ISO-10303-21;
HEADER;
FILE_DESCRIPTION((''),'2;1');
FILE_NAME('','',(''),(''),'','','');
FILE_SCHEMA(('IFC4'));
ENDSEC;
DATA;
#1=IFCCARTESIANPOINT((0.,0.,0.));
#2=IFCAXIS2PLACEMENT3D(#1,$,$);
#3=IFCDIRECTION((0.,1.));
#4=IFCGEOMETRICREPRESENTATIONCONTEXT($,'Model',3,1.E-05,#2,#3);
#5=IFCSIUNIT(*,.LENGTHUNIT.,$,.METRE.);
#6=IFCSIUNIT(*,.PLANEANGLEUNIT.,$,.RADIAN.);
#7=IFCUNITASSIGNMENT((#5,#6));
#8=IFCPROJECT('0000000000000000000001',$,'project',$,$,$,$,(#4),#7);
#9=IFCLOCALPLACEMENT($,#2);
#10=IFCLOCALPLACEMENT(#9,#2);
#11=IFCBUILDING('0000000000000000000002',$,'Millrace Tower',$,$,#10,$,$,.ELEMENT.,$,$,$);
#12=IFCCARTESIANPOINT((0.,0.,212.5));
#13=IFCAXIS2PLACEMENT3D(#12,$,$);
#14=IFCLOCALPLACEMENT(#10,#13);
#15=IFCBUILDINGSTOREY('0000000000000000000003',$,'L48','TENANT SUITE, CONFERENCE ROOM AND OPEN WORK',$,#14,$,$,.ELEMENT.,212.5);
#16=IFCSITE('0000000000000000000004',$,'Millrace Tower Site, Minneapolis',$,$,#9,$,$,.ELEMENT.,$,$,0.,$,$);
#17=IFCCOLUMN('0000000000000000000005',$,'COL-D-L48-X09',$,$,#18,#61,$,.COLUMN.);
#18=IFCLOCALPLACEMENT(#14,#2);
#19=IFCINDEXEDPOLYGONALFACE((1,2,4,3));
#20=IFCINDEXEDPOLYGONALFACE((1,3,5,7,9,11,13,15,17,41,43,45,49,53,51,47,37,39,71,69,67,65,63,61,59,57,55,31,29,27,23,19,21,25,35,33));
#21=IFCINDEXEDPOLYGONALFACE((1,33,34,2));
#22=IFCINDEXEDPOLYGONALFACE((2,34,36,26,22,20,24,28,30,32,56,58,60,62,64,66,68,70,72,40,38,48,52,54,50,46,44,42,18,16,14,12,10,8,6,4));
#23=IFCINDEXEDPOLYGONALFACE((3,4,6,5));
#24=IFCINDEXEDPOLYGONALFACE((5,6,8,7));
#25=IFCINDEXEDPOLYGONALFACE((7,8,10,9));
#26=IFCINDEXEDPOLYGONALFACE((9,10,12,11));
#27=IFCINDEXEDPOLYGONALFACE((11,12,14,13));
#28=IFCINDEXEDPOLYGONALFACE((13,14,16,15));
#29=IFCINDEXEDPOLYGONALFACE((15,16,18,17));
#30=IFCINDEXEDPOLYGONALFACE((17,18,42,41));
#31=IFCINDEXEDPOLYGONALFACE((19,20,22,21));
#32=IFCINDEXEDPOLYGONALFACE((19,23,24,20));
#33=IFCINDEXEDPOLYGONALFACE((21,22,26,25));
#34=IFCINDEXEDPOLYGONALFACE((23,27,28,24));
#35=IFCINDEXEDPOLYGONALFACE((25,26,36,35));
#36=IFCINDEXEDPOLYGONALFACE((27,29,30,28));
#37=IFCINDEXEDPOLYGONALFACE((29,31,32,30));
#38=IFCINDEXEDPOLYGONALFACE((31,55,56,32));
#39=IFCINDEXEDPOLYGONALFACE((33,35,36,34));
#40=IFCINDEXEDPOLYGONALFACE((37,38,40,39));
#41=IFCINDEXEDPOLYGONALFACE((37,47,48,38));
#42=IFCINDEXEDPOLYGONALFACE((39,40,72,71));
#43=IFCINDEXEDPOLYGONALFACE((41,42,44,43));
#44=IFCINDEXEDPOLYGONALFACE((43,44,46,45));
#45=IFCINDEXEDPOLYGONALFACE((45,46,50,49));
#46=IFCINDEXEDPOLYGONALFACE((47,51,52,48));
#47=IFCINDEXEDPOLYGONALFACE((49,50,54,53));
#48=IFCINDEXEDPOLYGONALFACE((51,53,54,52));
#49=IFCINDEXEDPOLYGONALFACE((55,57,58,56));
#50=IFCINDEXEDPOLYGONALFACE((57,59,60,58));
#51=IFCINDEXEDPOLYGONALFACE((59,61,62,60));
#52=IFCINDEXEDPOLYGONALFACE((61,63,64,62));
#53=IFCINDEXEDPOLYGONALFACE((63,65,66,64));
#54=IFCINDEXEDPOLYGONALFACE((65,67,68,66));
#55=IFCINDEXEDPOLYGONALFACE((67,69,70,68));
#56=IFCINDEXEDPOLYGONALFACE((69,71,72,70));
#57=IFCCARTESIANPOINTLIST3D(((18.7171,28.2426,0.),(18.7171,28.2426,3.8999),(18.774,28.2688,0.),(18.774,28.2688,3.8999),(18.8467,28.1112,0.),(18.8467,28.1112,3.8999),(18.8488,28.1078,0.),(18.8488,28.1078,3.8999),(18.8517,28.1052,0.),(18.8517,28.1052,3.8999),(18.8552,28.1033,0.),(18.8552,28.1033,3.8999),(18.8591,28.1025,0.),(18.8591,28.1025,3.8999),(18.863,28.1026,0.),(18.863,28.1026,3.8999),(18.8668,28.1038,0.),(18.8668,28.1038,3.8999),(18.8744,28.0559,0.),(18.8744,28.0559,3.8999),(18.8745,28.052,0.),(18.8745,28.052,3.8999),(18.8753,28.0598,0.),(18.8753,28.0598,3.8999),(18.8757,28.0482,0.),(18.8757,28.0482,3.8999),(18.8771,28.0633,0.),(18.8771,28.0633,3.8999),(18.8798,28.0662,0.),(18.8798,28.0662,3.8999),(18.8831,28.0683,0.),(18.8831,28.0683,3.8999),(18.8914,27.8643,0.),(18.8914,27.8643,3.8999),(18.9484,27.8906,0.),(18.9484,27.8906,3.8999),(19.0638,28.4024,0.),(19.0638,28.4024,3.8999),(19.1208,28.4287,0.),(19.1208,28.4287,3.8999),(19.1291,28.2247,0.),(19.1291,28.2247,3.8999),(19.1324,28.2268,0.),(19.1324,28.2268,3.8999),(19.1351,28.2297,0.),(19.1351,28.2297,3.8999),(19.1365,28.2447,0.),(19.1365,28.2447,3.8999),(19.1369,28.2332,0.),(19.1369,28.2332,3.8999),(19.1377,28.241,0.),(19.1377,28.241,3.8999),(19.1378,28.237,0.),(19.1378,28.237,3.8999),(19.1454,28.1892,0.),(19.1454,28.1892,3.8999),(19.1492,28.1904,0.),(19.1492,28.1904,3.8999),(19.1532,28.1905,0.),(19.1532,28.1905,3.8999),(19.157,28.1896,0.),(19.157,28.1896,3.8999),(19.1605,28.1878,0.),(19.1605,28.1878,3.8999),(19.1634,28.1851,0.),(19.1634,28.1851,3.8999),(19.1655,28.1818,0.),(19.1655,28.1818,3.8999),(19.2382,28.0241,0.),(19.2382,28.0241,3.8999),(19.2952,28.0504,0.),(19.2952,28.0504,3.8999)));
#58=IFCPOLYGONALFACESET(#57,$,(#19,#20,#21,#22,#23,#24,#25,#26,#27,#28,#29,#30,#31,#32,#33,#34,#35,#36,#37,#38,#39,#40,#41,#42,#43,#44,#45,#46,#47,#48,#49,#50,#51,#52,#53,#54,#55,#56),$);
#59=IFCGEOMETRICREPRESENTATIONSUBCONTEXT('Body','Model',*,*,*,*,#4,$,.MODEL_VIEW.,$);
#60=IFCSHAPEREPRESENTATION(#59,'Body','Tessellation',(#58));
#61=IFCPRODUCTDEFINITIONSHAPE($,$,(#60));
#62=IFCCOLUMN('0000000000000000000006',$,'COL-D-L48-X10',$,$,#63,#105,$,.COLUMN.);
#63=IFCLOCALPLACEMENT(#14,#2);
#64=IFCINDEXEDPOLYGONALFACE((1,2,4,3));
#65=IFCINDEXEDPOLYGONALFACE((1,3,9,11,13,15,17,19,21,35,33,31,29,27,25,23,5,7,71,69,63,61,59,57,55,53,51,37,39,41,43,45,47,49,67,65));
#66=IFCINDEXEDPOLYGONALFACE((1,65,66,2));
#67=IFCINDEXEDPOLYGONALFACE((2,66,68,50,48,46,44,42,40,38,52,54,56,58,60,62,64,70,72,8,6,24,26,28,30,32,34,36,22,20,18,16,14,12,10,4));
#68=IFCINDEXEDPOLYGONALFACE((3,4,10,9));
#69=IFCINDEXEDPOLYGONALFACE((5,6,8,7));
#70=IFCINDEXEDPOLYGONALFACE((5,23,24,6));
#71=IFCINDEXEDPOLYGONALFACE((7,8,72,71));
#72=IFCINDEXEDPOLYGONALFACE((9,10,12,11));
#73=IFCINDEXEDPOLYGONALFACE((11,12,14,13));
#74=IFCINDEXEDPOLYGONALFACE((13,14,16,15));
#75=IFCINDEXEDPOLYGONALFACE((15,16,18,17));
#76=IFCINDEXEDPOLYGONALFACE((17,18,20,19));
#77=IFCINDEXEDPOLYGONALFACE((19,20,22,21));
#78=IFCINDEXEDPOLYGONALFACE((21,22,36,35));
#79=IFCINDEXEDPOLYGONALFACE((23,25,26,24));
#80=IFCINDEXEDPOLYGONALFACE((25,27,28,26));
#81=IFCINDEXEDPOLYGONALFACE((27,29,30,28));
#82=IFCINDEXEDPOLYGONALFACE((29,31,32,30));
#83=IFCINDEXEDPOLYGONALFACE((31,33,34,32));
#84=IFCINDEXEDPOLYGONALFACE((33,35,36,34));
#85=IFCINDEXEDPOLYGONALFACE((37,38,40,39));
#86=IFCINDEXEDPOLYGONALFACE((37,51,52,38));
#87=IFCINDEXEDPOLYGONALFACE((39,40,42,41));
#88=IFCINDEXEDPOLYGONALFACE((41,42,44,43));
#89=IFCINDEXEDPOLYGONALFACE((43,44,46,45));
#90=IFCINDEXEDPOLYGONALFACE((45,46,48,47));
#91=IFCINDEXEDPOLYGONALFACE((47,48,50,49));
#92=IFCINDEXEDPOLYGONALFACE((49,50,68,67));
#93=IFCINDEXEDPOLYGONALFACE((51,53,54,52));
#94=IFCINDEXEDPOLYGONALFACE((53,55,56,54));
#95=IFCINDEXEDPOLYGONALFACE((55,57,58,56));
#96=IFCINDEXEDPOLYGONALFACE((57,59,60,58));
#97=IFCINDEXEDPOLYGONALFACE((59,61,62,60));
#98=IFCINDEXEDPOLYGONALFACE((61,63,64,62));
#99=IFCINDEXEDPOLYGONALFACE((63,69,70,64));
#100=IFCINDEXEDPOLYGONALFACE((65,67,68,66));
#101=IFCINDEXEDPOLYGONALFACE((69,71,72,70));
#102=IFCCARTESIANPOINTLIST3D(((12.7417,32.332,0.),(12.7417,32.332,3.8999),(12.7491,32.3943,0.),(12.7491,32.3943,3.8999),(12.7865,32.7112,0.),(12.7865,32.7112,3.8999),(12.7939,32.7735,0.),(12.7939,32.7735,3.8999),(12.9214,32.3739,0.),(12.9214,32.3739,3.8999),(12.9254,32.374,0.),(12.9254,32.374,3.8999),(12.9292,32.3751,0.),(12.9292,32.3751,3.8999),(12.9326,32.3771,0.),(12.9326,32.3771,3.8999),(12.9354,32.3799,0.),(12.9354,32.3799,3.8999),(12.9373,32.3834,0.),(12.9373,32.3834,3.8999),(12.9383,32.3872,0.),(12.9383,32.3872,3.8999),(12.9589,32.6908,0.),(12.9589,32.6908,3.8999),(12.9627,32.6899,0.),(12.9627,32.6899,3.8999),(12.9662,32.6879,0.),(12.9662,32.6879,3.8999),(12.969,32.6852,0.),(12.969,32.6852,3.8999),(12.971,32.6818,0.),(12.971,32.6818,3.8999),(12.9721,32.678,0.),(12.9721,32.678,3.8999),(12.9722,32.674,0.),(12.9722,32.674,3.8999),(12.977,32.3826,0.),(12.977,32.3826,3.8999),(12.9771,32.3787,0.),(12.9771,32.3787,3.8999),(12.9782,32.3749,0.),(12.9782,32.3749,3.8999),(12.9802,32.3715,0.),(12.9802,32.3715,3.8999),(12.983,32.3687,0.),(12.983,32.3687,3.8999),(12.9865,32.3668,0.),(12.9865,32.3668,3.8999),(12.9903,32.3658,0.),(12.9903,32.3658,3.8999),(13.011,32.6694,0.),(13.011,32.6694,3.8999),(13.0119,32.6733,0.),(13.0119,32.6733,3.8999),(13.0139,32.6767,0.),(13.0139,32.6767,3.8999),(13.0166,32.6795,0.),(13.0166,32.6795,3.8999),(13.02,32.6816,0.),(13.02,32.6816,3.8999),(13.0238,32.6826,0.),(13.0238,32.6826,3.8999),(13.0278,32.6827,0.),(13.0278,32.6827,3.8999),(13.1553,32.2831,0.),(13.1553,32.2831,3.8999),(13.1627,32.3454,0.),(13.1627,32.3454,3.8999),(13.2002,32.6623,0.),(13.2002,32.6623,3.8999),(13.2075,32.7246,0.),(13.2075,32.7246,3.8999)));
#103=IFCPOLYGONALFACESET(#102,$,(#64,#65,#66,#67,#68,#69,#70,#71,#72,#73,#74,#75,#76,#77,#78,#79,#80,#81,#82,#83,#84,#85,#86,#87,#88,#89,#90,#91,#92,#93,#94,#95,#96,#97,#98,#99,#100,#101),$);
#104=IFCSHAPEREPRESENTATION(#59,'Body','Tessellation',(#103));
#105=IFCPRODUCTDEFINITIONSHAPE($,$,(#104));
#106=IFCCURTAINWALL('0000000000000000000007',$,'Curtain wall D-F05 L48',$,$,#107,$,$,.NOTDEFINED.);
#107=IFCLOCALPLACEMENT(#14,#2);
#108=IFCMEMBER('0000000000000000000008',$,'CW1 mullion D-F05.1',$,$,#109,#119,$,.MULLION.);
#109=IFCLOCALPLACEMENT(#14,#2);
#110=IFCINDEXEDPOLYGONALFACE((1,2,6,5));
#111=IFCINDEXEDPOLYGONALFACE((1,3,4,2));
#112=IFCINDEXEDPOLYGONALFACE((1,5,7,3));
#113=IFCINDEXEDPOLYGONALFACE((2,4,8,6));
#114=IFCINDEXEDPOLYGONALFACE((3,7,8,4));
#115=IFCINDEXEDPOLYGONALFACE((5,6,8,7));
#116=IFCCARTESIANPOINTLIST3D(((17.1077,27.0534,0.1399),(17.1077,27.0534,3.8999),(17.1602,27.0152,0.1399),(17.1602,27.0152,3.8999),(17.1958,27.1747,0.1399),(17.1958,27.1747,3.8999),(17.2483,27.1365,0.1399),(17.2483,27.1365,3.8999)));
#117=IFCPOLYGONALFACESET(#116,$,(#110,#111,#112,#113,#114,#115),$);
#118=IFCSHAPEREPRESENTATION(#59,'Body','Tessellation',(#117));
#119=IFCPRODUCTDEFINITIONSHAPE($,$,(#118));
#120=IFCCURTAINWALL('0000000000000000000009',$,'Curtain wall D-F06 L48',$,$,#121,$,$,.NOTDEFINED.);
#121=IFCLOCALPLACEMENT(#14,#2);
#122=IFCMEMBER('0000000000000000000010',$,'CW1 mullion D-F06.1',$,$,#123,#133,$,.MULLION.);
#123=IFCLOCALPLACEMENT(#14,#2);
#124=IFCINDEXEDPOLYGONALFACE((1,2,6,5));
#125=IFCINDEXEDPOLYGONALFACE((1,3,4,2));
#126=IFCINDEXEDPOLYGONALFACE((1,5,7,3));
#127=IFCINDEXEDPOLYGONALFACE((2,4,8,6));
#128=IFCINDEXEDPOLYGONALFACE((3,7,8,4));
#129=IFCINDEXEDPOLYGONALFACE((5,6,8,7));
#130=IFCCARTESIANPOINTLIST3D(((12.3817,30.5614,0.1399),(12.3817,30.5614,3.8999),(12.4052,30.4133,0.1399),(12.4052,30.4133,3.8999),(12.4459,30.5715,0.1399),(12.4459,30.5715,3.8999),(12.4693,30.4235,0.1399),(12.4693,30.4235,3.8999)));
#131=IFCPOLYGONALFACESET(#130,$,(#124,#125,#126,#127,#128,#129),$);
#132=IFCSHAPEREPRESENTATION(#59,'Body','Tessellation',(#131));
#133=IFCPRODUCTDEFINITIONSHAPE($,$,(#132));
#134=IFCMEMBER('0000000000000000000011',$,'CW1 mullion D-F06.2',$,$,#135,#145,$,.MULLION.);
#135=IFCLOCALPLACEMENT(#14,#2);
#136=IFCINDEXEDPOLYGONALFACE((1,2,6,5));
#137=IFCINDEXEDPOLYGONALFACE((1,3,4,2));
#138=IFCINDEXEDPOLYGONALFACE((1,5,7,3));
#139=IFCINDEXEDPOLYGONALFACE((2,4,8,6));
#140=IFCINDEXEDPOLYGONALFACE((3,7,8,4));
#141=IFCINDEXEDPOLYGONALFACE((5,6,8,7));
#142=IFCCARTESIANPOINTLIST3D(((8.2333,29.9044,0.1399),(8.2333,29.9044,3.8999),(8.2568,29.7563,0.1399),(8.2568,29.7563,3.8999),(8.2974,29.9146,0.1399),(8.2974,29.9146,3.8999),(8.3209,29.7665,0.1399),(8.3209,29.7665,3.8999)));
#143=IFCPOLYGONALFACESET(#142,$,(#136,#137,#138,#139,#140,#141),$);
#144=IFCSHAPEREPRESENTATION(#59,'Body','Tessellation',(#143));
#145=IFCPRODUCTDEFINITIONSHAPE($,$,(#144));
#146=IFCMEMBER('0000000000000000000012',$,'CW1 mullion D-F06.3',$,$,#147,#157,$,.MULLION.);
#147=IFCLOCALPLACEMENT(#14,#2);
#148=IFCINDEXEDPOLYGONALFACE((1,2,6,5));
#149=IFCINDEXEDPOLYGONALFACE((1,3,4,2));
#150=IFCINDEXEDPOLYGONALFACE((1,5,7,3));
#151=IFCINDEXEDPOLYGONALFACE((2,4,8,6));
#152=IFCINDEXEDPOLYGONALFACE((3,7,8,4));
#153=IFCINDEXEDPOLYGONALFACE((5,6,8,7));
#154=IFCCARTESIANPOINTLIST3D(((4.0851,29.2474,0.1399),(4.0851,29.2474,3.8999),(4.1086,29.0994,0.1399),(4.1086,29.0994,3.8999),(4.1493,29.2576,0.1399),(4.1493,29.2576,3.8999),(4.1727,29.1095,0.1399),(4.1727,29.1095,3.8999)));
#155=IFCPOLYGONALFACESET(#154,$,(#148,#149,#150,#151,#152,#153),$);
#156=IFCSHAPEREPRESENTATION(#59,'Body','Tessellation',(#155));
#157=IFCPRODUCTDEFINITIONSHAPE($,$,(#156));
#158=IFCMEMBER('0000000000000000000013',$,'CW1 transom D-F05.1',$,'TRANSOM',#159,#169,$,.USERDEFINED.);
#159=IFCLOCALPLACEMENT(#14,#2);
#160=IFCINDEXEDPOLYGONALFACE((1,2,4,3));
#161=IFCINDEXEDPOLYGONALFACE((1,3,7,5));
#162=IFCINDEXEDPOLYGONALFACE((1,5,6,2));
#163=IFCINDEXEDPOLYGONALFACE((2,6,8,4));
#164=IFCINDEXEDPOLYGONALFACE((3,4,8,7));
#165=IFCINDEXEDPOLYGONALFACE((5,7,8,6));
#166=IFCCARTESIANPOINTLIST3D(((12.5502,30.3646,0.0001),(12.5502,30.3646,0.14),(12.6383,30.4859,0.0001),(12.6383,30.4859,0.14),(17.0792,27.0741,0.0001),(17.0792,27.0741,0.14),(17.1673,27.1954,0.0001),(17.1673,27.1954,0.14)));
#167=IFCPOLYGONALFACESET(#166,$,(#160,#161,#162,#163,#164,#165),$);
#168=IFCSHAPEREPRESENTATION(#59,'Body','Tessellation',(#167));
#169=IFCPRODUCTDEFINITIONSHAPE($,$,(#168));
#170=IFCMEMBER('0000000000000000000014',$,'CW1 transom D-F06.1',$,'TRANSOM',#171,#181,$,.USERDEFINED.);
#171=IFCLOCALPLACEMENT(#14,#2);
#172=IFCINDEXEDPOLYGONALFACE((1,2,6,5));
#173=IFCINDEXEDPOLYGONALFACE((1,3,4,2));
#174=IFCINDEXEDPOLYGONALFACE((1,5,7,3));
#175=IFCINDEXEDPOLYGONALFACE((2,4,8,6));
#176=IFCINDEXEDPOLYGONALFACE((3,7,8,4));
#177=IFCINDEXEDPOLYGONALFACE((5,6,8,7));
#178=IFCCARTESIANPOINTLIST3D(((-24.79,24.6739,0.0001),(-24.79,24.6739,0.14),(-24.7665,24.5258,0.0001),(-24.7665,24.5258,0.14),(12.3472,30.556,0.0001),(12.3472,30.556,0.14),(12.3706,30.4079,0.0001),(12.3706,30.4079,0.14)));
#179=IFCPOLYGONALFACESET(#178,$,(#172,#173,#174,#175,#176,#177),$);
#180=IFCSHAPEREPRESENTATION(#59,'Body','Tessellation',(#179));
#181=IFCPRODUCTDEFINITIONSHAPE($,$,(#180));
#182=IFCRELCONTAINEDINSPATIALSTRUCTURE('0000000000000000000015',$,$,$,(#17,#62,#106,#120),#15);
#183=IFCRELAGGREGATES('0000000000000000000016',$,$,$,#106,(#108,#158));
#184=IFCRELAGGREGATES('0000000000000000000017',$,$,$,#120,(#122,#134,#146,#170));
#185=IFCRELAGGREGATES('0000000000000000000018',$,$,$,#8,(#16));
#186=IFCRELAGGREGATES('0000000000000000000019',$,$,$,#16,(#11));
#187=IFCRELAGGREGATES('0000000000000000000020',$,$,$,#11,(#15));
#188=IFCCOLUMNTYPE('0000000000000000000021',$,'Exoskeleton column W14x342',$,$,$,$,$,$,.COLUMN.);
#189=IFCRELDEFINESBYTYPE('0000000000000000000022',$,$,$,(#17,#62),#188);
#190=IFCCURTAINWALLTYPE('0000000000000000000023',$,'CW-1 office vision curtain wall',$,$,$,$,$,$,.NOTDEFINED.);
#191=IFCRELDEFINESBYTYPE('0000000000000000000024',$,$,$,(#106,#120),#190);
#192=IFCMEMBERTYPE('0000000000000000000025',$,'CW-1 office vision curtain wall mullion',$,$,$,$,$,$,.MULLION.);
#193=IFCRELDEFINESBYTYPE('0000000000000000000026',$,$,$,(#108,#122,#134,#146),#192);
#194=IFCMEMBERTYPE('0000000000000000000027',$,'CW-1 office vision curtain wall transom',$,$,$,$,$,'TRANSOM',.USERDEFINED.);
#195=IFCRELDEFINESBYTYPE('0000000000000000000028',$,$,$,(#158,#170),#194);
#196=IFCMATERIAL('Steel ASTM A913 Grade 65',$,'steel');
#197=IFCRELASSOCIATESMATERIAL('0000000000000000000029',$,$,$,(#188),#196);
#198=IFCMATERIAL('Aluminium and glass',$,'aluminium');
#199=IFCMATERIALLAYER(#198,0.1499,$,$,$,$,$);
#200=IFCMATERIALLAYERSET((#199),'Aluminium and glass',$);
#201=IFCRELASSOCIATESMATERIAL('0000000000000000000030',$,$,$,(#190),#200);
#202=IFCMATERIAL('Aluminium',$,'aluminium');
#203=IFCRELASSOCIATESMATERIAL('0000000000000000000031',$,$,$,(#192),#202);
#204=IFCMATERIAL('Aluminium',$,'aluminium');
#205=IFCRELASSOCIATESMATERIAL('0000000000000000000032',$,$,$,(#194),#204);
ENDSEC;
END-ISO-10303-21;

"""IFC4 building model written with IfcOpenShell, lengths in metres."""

from ifc_helpers import new_model, si_unit, direction, frame, origin, origin_2d, place, context, subcontext, project, spatial, rectangle, i_section, extrude, material, layer, layer_set, material_profile, profile_set, type_object, element, aggregate, save


model = new_model("IFC4")

# Units and contexts
model_context = context("Model", 3, precision=1e-05, world=origin(), true_north=direction((0.0, 1.0)))
body_context = subcontext(model_context, "Body", "Model", "MODEL_VIEW")
ifc_project = project(units=[si_unit("LENGTHUNIT", "METRE"), si_unit("PLANEANGLEUNIT", "RADIAN")], contexts=[model_context])

# Site, building, storey
site_placement = place(None, origin())
site = spatial("IfcSite", under=ifc_project, at=site_placement, Name="Millrace Tower Site, Minneapolis", CompositionType="ELEMENT", RefElevation=0.0)
building_placement = place(site_placement, origin())
building = spatial("IfcBuilding", under=site, at=building_placement, Name="Millrace Tower", CompositionType="ELEMENT")
storey_placement = place(building_placement, frame((0.0, 0.0, 212.5)))
storey = spatial("IfcBuildingStorey", under=building, at=storey_placement, Name="L48", Description="TENANT SUITE, CONFERENCE ROOM AND OPEN WORK", CompositionType="ELEMENT", Elevation=212.5)

# Columns
ifc_material_1 = material(Name="Steel ASTM A913 Grade 65", Category="steel")
ifc_material_profile_1 = material_profile(ifc_material_1, i_section(OverallWidth=0.4165, OverallDepth=0.4446, WebThickness=0.0391, FlangeThickness=0.0627, FilletRadius=0.0151, at=origin_2d()))
ifc_profile_set_1 = profile_set([ifc_material_profile_1], Name="Steel ASTM A913 Grade 65")
column_type = type_object("IfcColumnType", Name="Exoskeleton column W14x342", PredefinedType="COLUMN", material=ifc_profile_set_1)
for number, where, z_axis, x_axis, name in (
    (1, (19.0061, 28.1465, 0.0), (0.0, 0.0, 1.0), (-0.418553, 0.908192, 0.0), "COL-D-L48-X09"),
    (2, (12.9746, 32.5283, 0.0), (0.0, 0.0, 1.0), (-0.993082, 0.117421, 0.0), "COL-D-L48-X10"),
):
    element("IfcColumn", number, at=place(storey_placement, frame(where, z_axis=z_axis, x_axis=x_axis)), inside=storey, type_object=column_type, Name=name, PredefinedType="COLUMN", context=body_context, shape_type="SweptSolid", body=[
        extrude(i_section(OverallWidth=0.4165, OverallDepth=0.4446, WebThickness=0.0391, FlangeThickness=0.0627, FilletRadius=0.0151, at=origin_2d()), origin(), (0.0, 0.0, 1.0), 3.8999),
    ])

# Curtain wall, member
ifc_material_2 = material(Name="Aluminium and glass", Category="aluminium")
ifc_layer_1 = layer(ifc_material_2, 0.1499)
ifc_layer_set_1 = layer_set([ifc_layer_1], Name="Aluminium and glass")
curtain_wall_type = type_object("IfcCurtainWallType", Name="CW-1 office vision curtain wall", PredefinedType="NOTDEFINED", material=ifc_layer_set_1)
placement = place(storey_placement, origin())
curtain_wall_1 = element("IfcCurtainWall", 3, at=placement, inside=storey, type_object=curtain_wall_type, Name="Curtain wall D-F05 L48", PredefinedType="NOTDEFINED")
ifc_material_3 = material(Name="Aluminium", Category="aluminium")
ifc_material_profile_2 = material_profile(ifc_material_3, rectangle(XDim=0.0649, YDim=0.1499, at=origin_2d()))
ifc_profile_set_2 = profile_set([ifc_material_profile_2], Name="Aluminium")
member_type_1 = type_object("IfcMemberType", Name="CW-1 office vision curtain wall mullion", PredefinedType="MULLION", material=ifc_profile_set_2)
member_1_placement = place(storey_placement, frame((17.178, 27.095, 0.1399), z_axis=(0.0, 0.0, 1.0), x_axis=(-0.809017, 0.587785, 0.0)))
member_1 = element("IfcMember", 4, at=member_1_placement, type_object=member_type_1, Name="CW1 mullion D-F05.1", PredefinedType="MULLION", context=body_context, shape_type="SweptSolid", body=[
    extrude(rectangle(XDim=0.0649, YDim=0.1499, at=origin_2d()), origin(), (0.0, 0.0, 1.0), 3.76),
])

# Curtain wall, members
curtain_wall_2 = element("IfcCurtainWall", 5, at=placement, inside=storey, type_object=curtain_wall_type, Name="Curtain wall D-F06 L48", PredefinedType="NOTDEFINED")
member_2_placement = place(storey_placement, frame((12.4255, 30.4924, 0.1399), z_axis=(0.0, 0.0, 1.0), x_axis=(-0.987688, -0.156434, 0.0)))
member_2 = element("IfcMember", 6, at=member_2_placement, type_object=member_type_1, Name="CW1 mullion D-F06.1", PredefinedType="MULLION", context=body_context, shape_type="SweptSolid", body=[
    extrude(rectangle(XDim=0.0649, YDim=0.1499, at=origin_2d()), origin(), (0.0, 0.0, 1.0), 3.76),
])
member_3_placement = place(storey_placement, frame((8.2771, 29.8354, 0.1399), z_axis=(0.0, 0.0, 1.0), x_axis=(-0.987688, -0.156434, 0.0)))
member_3 = element("IfcMember", 7, at=member_3_placement, type_object=member_type_1, Name="CW1 mullion D-F06.2", PredefinedType="MULLION", context=body_context, shape_type="SweptSolid", body=[
    extrude(rectangle(XDim=0.0649, YDim=0.1499, at=origin_2d()), origin(), (0.0, 0.0, 1.0), 3.76),
])
member_4_placement = place(storey_placement, frame((4.1289, 29.1785, 0.1399), z_axis=(0.0, 0.0, 1.0), x_axis=(-0.987688, -0.156434, 0.0)))
member_4 = element("IfcMember", 8, at=member_4_placement, type_object=member_type_1, Name="CW1 mullion D-F06.3", PredefinedType="MULLION", context=body_context, shape_type="SweptSolid", body=[
    extrude(rectangle(XDim=0.0649, YDim=0.1499, at=origin_2d()), origin(), (0.0, 0.0, 1.0), 3.76),
])

# Members
ifc_material_4 = material(Name="Aluminium", Category="aluminium")
ifc_material_profile_3 = material_profile(ifc_material_4, rectangle(XDim=0.1499, YDim=0.1399, at=origin_2d()))
ifc_profile_set_3 = profile_set([ifc_material_profile_3], Name="Aluminium")
member_type_2 = type_object("IfcMemberType", Name="CW-1 office vision curtain wall transom", ElementType="TRANSOM", PredefinedType="USERDEFINED", material=ifc_profile_set_3)
member_5_placement = place(storey_placement, frame((17.1233, 27.1348, 0.0701), z_axis=(-0.809019, 0.587783, 0.0), x_axis=(-0.587783, -0.809019, 0.0)))
member_5 = element("IfcMember", 9, at=member_5_placement, type_object=member_type_2, Name="CW1 transom D-F05.1", ObjectType="TRANSOM", PredefinedType="USERDEFINED", context=body_context, shape_type="SweptSolid", body=[
    extrude(rectangle(XDim=0.1499, YDim=0.1399, at=origin_2d()), origin(), (0.0, 0.0, 1.0), 5.5981),
])
aggregate(curtain_wall_1, [member_1, member_5])
member_6_placement = place(storey_placement, frame((12.3589, 30.4819, 0.0701), z_axis=(-0.987688, -0.156438, 0.0), x_axis=(0.156438, -0.987688, 0.0)))
member_6 = element("IfcMember", 10, at=member_6_placement, type_object=member_type_2, Name="CW1 transom D-F06.1", ObjectType="TRANSOM", PredefinedType="USERDEFINED", context=body_context, shape_type="SweptSolid", body=[
    extrude(rectangle(XDim=0.1499, YDim=0.1399, at=origin_2d()), origin(), (0.0, 0.0, 1.0), 37.6001),
])
aggregate(curtain_wall_2, [member_2, member_3, member_4, member_6])

save(model, "model.ifc")
